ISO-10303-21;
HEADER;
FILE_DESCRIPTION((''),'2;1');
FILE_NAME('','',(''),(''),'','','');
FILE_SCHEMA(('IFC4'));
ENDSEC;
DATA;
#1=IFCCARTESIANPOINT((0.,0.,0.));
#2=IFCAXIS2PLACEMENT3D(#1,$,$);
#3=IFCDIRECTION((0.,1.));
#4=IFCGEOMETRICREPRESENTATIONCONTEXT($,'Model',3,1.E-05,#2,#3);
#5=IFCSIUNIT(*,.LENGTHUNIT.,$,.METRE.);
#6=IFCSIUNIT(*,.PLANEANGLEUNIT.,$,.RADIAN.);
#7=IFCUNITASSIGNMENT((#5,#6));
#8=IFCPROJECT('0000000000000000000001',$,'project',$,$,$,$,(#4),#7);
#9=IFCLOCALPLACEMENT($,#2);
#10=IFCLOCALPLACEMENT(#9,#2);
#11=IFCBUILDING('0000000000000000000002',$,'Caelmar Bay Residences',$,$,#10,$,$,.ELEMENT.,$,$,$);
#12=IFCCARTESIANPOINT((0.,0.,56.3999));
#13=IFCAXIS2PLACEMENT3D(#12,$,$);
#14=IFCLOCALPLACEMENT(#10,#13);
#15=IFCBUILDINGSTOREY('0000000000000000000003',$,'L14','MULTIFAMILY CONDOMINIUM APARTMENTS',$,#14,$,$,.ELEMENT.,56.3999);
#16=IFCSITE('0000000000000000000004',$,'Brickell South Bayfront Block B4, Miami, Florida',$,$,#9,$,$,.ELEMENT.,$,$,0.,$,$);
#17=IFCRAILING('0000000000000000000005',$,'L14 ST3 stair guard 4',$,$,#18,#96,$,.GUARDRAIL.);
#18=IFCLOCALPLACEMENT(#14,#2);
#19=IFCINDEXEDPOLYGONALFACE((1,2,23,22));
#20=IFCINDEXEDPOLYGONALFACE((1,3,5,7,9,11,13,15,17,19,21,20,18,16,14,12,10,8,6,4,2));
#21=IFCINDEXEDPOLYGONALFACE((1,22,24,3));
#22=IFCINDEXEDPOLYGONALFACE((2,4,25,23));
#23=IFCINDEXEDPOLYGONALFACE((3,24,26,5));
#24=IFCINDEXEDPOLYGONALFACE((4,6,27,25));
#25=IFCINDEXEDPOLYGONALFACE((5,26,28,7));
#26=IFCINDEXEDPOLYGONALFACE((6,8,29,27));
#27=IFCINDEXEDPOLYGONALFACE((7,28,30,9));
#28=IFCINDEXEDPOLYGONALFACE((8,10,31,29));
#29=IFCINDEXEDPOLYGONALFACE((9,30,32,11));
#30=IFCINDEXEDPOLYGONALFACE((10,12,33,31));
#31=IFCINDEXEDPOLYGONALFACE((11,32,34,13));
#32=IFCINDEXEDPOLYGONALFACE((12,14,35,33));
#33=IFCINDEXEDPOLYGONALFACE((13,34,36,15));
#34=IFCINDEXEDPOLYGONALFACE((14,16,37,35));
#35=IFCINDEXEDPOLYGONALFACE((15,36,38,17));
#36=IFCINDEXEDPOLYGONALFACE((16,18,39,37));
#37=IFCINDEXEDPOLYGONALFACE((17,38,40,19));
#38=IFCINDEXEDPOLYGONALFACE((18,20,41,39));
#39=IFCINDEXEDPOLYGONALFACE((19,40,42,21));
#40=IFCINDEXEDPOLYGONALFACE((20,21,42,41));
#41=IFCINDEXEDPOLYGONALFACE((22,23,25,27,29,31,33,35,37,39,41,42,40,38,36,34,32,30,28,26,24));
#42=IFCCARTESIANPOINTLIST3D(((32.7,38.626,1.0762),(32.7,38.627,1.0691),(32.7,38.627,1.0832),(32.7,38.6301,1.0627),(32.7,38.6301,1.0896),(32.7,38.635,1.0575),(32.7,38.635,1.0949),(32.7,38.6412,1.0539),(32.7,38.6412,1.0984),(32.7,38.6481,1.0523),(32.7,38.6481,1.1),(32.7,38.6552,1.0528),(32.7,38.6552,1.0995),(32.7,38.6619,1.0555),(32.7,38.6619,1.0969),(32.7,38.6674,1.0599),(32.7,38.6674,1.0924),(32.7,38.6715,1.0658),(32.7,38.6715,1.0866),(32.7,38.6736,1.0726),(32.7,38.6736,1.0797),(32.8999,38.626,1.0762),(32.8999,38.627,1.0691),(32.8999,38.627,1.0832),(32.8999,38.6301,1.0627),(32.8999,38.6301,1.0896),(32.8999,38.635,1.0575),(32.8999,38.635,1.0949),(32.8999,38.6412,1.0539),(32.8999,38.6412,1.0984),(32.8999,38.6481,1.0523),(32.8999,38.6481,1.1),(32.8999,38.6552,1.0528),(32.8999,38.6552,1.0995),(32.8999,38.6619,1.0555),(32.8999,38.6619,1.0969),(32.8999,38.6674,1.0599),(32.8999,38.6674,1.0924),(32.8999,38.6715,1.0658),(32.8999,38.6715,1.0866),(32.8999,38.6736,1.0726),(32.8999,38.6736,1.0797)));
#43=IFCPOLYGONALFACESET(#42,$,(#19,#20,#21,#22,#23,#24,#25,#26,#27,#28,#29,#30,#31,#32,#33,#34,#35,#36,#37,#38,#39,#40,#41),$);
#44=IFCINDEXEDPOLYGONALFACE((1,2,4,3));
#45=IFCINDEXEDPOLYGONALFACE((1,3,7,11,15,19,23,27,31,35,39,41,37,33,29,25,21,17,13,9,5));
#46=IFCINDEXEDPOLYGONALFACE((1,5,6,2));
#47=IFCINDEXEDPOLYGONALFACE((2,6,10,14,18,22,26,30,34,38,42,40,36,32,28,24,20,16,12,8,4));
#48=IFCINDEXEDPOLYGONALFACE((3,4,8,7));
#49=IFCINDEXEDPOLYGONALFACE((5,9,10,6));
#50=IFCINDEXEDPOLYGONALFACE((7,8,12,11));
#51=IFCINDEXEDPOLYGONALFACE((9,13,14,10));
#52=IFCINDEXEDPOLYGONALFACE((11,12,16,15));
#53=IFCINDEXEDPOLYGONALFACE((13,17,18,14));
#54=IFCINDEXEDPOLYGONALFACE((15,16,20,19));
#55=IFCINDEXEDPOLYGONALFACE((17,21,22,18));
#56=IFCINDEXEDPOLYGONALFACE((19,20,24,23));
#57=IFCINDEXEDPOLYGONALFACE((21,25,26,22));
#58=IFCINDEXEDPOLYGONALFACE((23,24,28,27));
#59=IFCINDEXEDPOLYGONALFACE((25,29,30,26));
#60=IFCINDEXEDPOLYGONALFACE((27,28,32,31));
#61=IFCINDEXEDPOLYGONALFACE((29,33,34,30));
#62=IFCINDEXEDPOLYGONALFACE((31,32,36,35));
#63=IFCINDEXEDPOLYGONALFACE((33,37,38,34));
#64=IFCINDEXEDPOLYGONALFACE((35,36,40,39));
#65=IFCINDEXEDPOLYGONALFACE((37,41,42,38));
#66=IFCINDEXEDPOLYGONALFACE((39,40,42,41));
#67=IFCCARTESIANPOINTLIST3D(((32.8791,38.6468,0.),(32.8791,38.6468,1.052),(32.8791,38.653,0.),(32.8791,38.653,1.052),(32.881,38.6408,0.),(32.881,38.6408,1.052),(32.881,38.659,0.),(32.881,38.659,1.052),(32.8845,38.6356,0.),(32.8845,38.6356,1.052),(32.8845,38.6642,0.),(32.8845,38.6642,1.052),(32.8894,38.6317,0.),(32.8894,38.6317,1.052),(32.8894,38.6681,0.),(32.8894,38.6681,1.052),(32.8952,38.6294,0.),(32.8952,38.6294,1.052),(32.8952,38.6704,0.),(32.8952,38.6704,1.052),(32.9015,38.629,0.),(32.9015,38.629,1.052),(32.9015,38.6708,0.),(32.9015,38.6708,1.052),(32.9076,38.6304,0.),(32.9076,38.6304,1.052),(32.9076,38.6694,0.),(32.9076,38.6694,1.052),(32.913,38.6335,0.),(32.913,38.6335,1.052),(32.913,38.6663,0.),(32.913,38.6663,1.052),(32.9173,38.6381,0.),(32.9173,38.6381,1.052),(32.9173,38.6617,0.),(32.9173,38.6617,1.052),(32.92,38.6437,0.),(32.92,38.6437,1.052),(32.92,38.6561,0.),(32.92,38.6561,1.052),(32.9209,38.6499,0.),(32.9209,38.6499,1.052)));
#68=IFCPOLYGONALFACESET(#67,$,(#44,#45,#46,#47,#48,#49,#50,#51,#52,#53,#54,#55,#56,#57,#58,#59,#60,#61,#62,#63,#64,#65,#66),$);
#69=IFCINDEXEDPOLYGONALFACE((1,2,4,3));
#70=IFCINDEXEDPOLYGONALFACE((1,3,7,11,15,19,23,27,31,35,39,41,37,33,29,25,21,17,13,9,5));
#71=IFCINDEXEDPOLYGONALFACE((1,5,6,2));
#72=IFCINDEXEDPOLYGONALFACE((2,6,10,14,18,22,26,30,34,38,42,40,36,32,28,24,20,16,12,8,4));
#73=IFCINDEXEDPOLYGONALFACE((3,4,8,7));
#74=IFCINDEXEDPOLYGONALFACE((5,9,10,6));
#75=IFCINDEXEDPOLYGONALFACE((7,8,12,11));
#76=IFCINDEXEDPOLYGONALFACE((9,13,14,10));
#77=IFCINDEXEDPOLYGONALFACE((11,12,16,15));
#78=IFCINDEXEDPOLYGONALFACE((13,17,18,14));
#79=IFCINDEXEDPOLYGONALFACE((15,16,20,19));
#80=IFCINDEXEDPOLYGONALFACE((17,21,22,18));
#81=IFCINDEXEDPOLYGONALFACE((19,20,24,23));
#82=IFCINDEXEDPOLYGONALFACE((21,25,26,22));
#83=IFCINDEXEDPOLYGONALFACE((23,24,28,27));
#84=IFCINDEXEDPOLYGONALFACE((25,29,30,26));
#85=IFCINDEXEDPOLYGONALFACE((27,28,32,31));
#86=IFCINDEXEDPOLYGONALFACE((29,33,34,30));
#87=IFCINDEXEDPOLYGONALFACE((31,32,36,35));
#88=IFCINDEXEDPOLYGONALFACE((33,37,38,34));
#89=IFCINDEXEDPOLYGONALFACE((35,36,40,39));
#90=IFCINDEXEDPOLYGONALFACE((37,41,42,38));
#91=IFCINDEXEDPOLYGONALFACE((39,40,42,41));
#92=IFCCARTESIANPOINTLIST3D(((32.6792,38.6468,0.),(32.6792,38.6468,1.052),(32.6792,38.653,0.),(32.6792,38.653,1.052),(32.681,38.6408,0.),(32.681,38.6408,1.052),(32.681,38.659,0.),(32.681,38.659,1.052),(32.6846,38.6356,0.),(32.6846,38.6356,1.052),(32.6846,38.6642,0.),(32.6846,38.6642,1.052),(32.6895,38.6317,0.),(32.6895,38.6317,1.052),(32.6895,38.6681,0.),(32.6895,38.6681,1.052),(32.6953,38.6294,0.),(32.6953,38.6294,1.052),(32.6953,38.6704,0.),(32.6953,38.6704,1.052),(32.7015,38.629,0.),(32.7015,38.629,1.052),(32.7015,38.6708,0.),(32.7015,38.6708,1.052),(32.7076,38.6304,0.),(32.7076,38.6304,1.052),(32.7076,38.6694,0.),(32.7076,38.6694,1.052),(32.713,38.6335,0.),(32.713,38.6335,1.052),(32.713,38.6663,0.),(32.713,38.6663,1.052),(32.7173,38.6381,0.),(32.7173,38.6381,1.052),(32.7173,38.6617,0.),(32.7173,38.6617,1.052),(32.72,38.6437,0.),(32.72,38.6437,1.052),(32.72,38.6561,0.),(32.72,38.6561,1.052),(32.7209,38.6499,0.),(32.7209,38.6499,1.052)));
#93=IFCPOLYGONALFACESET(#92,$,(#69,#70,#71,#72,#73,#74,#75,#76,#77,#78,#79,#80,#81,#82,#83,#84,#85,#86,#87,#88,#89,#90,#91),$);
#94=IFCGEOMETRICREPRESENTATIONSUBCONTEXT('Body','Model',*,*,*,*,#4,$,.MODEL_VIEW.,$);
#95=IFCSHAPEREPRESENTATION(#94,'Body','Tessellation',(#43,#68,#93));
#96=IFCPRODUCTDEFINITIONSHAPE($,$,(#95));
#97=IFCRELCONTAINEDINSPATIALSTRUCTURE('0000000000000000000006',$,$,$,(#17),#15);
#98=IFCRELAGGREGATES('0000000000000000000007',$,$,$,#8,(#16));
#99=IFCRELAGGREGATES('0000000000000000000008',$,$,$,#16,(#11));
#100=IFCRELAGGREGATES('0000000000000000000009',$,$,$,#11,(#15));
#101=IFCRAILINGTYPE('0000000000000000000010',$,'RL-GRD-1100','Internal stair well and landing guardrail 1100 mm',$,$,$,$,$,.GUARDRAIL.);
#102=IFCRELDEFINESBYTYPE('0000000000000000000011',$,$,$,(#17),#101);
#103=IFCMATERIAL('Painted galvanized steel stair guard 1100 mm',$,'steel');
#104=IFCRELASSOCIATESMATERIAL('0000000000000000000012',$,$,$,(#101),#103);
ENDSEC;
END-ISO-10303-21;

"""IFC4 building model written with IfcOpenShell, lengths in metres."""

from ifc_helpers import new_model, si_unit, direction, frame, origin, origin_2d, place, context, subcontext, project, spatial, circle, extrude, material, type_object, element, save


model = new_model("IFC4")

# Units and contexts
model_context = context("Model", 3, precision=1e-05, world=origin(), true_north=direction((0.0, 1.0)))
body_context = subcontext(model_context, "Body", "Model", "MODEL_VIEW")
ifc_project = project(units=[si_unit("LENGTHUNIT", "METRE"), si_unit("PLANEANGLEUNIT", "RADIAN")], contexts=[model_context])

# Site, building, storey
site_placement = place(None, origin())
site = spatial("IfcSite", under=ifc_project, at=site_placement, Name="Brickell South Bayfront Block B4, Miami, Florida", CompositionType="ELEMENT", RefElevation=0.0)
building_placement = place(site_placement, origin())
building = spatial("IfcBuilding", under=site, at=building_placement, Name="Caelmar Bay Residences", CompositionType="ELEMENT")
storey_placement = place(building_placement, frame((0.0, 0.0, 56.3999)))
storey = spatial("IfcBuildingStorey", under=building, at=storey_placement, Name="L14", Description="MULTIFAMILY CONDOMINIUM APARTMENTS", CompositionType="ELEMENT", Elevation=56.3999)

# Railing
ifc_material_1 = material(Name="Painted galvanized steel stair guard 1100 mm", Category="steel")
railing_type_1 = type_object("IfcRailingType", Name="RL-GRD-1100", Description="Internal stair well and landing guardrail 1100 mm", PredefinedType="GUARDRAIL", material=ifc_material_1)
railing_1_placement = place(storey_placement, frame((32.8999, 38.6499, 0.0)))
element("IfcRailing", 1, at=railing_1_placement, inside=storey, type_object=railing_type_1, Name="L14 ST3 stair guard 4", PredefinedType="GUARDRAIL", context=body_context, shape_type="SweptSolid", body=[
    extrude(circle(Radius=0.0239, at=origin_2d()), frame((0.0, 0.0, 1.0762), z_axis=(-1.0, 0.0, 0.0), x_axis=(0.0, -1.0, 0.0)), (0.0, 0.0, 1.0), 0.2),
    extrude(circle(Radius=0.021, at=origin_2d()), origin(), (0.0, 0.0, 1.0), 1.052),
    extrude(circle(Radius=0.021, at=origin_2d()), frame((-0.2, 0.0, 0.0)), (0.0, 0.0, 1.0), 1.052),
])

save(model, "model.ifc")
